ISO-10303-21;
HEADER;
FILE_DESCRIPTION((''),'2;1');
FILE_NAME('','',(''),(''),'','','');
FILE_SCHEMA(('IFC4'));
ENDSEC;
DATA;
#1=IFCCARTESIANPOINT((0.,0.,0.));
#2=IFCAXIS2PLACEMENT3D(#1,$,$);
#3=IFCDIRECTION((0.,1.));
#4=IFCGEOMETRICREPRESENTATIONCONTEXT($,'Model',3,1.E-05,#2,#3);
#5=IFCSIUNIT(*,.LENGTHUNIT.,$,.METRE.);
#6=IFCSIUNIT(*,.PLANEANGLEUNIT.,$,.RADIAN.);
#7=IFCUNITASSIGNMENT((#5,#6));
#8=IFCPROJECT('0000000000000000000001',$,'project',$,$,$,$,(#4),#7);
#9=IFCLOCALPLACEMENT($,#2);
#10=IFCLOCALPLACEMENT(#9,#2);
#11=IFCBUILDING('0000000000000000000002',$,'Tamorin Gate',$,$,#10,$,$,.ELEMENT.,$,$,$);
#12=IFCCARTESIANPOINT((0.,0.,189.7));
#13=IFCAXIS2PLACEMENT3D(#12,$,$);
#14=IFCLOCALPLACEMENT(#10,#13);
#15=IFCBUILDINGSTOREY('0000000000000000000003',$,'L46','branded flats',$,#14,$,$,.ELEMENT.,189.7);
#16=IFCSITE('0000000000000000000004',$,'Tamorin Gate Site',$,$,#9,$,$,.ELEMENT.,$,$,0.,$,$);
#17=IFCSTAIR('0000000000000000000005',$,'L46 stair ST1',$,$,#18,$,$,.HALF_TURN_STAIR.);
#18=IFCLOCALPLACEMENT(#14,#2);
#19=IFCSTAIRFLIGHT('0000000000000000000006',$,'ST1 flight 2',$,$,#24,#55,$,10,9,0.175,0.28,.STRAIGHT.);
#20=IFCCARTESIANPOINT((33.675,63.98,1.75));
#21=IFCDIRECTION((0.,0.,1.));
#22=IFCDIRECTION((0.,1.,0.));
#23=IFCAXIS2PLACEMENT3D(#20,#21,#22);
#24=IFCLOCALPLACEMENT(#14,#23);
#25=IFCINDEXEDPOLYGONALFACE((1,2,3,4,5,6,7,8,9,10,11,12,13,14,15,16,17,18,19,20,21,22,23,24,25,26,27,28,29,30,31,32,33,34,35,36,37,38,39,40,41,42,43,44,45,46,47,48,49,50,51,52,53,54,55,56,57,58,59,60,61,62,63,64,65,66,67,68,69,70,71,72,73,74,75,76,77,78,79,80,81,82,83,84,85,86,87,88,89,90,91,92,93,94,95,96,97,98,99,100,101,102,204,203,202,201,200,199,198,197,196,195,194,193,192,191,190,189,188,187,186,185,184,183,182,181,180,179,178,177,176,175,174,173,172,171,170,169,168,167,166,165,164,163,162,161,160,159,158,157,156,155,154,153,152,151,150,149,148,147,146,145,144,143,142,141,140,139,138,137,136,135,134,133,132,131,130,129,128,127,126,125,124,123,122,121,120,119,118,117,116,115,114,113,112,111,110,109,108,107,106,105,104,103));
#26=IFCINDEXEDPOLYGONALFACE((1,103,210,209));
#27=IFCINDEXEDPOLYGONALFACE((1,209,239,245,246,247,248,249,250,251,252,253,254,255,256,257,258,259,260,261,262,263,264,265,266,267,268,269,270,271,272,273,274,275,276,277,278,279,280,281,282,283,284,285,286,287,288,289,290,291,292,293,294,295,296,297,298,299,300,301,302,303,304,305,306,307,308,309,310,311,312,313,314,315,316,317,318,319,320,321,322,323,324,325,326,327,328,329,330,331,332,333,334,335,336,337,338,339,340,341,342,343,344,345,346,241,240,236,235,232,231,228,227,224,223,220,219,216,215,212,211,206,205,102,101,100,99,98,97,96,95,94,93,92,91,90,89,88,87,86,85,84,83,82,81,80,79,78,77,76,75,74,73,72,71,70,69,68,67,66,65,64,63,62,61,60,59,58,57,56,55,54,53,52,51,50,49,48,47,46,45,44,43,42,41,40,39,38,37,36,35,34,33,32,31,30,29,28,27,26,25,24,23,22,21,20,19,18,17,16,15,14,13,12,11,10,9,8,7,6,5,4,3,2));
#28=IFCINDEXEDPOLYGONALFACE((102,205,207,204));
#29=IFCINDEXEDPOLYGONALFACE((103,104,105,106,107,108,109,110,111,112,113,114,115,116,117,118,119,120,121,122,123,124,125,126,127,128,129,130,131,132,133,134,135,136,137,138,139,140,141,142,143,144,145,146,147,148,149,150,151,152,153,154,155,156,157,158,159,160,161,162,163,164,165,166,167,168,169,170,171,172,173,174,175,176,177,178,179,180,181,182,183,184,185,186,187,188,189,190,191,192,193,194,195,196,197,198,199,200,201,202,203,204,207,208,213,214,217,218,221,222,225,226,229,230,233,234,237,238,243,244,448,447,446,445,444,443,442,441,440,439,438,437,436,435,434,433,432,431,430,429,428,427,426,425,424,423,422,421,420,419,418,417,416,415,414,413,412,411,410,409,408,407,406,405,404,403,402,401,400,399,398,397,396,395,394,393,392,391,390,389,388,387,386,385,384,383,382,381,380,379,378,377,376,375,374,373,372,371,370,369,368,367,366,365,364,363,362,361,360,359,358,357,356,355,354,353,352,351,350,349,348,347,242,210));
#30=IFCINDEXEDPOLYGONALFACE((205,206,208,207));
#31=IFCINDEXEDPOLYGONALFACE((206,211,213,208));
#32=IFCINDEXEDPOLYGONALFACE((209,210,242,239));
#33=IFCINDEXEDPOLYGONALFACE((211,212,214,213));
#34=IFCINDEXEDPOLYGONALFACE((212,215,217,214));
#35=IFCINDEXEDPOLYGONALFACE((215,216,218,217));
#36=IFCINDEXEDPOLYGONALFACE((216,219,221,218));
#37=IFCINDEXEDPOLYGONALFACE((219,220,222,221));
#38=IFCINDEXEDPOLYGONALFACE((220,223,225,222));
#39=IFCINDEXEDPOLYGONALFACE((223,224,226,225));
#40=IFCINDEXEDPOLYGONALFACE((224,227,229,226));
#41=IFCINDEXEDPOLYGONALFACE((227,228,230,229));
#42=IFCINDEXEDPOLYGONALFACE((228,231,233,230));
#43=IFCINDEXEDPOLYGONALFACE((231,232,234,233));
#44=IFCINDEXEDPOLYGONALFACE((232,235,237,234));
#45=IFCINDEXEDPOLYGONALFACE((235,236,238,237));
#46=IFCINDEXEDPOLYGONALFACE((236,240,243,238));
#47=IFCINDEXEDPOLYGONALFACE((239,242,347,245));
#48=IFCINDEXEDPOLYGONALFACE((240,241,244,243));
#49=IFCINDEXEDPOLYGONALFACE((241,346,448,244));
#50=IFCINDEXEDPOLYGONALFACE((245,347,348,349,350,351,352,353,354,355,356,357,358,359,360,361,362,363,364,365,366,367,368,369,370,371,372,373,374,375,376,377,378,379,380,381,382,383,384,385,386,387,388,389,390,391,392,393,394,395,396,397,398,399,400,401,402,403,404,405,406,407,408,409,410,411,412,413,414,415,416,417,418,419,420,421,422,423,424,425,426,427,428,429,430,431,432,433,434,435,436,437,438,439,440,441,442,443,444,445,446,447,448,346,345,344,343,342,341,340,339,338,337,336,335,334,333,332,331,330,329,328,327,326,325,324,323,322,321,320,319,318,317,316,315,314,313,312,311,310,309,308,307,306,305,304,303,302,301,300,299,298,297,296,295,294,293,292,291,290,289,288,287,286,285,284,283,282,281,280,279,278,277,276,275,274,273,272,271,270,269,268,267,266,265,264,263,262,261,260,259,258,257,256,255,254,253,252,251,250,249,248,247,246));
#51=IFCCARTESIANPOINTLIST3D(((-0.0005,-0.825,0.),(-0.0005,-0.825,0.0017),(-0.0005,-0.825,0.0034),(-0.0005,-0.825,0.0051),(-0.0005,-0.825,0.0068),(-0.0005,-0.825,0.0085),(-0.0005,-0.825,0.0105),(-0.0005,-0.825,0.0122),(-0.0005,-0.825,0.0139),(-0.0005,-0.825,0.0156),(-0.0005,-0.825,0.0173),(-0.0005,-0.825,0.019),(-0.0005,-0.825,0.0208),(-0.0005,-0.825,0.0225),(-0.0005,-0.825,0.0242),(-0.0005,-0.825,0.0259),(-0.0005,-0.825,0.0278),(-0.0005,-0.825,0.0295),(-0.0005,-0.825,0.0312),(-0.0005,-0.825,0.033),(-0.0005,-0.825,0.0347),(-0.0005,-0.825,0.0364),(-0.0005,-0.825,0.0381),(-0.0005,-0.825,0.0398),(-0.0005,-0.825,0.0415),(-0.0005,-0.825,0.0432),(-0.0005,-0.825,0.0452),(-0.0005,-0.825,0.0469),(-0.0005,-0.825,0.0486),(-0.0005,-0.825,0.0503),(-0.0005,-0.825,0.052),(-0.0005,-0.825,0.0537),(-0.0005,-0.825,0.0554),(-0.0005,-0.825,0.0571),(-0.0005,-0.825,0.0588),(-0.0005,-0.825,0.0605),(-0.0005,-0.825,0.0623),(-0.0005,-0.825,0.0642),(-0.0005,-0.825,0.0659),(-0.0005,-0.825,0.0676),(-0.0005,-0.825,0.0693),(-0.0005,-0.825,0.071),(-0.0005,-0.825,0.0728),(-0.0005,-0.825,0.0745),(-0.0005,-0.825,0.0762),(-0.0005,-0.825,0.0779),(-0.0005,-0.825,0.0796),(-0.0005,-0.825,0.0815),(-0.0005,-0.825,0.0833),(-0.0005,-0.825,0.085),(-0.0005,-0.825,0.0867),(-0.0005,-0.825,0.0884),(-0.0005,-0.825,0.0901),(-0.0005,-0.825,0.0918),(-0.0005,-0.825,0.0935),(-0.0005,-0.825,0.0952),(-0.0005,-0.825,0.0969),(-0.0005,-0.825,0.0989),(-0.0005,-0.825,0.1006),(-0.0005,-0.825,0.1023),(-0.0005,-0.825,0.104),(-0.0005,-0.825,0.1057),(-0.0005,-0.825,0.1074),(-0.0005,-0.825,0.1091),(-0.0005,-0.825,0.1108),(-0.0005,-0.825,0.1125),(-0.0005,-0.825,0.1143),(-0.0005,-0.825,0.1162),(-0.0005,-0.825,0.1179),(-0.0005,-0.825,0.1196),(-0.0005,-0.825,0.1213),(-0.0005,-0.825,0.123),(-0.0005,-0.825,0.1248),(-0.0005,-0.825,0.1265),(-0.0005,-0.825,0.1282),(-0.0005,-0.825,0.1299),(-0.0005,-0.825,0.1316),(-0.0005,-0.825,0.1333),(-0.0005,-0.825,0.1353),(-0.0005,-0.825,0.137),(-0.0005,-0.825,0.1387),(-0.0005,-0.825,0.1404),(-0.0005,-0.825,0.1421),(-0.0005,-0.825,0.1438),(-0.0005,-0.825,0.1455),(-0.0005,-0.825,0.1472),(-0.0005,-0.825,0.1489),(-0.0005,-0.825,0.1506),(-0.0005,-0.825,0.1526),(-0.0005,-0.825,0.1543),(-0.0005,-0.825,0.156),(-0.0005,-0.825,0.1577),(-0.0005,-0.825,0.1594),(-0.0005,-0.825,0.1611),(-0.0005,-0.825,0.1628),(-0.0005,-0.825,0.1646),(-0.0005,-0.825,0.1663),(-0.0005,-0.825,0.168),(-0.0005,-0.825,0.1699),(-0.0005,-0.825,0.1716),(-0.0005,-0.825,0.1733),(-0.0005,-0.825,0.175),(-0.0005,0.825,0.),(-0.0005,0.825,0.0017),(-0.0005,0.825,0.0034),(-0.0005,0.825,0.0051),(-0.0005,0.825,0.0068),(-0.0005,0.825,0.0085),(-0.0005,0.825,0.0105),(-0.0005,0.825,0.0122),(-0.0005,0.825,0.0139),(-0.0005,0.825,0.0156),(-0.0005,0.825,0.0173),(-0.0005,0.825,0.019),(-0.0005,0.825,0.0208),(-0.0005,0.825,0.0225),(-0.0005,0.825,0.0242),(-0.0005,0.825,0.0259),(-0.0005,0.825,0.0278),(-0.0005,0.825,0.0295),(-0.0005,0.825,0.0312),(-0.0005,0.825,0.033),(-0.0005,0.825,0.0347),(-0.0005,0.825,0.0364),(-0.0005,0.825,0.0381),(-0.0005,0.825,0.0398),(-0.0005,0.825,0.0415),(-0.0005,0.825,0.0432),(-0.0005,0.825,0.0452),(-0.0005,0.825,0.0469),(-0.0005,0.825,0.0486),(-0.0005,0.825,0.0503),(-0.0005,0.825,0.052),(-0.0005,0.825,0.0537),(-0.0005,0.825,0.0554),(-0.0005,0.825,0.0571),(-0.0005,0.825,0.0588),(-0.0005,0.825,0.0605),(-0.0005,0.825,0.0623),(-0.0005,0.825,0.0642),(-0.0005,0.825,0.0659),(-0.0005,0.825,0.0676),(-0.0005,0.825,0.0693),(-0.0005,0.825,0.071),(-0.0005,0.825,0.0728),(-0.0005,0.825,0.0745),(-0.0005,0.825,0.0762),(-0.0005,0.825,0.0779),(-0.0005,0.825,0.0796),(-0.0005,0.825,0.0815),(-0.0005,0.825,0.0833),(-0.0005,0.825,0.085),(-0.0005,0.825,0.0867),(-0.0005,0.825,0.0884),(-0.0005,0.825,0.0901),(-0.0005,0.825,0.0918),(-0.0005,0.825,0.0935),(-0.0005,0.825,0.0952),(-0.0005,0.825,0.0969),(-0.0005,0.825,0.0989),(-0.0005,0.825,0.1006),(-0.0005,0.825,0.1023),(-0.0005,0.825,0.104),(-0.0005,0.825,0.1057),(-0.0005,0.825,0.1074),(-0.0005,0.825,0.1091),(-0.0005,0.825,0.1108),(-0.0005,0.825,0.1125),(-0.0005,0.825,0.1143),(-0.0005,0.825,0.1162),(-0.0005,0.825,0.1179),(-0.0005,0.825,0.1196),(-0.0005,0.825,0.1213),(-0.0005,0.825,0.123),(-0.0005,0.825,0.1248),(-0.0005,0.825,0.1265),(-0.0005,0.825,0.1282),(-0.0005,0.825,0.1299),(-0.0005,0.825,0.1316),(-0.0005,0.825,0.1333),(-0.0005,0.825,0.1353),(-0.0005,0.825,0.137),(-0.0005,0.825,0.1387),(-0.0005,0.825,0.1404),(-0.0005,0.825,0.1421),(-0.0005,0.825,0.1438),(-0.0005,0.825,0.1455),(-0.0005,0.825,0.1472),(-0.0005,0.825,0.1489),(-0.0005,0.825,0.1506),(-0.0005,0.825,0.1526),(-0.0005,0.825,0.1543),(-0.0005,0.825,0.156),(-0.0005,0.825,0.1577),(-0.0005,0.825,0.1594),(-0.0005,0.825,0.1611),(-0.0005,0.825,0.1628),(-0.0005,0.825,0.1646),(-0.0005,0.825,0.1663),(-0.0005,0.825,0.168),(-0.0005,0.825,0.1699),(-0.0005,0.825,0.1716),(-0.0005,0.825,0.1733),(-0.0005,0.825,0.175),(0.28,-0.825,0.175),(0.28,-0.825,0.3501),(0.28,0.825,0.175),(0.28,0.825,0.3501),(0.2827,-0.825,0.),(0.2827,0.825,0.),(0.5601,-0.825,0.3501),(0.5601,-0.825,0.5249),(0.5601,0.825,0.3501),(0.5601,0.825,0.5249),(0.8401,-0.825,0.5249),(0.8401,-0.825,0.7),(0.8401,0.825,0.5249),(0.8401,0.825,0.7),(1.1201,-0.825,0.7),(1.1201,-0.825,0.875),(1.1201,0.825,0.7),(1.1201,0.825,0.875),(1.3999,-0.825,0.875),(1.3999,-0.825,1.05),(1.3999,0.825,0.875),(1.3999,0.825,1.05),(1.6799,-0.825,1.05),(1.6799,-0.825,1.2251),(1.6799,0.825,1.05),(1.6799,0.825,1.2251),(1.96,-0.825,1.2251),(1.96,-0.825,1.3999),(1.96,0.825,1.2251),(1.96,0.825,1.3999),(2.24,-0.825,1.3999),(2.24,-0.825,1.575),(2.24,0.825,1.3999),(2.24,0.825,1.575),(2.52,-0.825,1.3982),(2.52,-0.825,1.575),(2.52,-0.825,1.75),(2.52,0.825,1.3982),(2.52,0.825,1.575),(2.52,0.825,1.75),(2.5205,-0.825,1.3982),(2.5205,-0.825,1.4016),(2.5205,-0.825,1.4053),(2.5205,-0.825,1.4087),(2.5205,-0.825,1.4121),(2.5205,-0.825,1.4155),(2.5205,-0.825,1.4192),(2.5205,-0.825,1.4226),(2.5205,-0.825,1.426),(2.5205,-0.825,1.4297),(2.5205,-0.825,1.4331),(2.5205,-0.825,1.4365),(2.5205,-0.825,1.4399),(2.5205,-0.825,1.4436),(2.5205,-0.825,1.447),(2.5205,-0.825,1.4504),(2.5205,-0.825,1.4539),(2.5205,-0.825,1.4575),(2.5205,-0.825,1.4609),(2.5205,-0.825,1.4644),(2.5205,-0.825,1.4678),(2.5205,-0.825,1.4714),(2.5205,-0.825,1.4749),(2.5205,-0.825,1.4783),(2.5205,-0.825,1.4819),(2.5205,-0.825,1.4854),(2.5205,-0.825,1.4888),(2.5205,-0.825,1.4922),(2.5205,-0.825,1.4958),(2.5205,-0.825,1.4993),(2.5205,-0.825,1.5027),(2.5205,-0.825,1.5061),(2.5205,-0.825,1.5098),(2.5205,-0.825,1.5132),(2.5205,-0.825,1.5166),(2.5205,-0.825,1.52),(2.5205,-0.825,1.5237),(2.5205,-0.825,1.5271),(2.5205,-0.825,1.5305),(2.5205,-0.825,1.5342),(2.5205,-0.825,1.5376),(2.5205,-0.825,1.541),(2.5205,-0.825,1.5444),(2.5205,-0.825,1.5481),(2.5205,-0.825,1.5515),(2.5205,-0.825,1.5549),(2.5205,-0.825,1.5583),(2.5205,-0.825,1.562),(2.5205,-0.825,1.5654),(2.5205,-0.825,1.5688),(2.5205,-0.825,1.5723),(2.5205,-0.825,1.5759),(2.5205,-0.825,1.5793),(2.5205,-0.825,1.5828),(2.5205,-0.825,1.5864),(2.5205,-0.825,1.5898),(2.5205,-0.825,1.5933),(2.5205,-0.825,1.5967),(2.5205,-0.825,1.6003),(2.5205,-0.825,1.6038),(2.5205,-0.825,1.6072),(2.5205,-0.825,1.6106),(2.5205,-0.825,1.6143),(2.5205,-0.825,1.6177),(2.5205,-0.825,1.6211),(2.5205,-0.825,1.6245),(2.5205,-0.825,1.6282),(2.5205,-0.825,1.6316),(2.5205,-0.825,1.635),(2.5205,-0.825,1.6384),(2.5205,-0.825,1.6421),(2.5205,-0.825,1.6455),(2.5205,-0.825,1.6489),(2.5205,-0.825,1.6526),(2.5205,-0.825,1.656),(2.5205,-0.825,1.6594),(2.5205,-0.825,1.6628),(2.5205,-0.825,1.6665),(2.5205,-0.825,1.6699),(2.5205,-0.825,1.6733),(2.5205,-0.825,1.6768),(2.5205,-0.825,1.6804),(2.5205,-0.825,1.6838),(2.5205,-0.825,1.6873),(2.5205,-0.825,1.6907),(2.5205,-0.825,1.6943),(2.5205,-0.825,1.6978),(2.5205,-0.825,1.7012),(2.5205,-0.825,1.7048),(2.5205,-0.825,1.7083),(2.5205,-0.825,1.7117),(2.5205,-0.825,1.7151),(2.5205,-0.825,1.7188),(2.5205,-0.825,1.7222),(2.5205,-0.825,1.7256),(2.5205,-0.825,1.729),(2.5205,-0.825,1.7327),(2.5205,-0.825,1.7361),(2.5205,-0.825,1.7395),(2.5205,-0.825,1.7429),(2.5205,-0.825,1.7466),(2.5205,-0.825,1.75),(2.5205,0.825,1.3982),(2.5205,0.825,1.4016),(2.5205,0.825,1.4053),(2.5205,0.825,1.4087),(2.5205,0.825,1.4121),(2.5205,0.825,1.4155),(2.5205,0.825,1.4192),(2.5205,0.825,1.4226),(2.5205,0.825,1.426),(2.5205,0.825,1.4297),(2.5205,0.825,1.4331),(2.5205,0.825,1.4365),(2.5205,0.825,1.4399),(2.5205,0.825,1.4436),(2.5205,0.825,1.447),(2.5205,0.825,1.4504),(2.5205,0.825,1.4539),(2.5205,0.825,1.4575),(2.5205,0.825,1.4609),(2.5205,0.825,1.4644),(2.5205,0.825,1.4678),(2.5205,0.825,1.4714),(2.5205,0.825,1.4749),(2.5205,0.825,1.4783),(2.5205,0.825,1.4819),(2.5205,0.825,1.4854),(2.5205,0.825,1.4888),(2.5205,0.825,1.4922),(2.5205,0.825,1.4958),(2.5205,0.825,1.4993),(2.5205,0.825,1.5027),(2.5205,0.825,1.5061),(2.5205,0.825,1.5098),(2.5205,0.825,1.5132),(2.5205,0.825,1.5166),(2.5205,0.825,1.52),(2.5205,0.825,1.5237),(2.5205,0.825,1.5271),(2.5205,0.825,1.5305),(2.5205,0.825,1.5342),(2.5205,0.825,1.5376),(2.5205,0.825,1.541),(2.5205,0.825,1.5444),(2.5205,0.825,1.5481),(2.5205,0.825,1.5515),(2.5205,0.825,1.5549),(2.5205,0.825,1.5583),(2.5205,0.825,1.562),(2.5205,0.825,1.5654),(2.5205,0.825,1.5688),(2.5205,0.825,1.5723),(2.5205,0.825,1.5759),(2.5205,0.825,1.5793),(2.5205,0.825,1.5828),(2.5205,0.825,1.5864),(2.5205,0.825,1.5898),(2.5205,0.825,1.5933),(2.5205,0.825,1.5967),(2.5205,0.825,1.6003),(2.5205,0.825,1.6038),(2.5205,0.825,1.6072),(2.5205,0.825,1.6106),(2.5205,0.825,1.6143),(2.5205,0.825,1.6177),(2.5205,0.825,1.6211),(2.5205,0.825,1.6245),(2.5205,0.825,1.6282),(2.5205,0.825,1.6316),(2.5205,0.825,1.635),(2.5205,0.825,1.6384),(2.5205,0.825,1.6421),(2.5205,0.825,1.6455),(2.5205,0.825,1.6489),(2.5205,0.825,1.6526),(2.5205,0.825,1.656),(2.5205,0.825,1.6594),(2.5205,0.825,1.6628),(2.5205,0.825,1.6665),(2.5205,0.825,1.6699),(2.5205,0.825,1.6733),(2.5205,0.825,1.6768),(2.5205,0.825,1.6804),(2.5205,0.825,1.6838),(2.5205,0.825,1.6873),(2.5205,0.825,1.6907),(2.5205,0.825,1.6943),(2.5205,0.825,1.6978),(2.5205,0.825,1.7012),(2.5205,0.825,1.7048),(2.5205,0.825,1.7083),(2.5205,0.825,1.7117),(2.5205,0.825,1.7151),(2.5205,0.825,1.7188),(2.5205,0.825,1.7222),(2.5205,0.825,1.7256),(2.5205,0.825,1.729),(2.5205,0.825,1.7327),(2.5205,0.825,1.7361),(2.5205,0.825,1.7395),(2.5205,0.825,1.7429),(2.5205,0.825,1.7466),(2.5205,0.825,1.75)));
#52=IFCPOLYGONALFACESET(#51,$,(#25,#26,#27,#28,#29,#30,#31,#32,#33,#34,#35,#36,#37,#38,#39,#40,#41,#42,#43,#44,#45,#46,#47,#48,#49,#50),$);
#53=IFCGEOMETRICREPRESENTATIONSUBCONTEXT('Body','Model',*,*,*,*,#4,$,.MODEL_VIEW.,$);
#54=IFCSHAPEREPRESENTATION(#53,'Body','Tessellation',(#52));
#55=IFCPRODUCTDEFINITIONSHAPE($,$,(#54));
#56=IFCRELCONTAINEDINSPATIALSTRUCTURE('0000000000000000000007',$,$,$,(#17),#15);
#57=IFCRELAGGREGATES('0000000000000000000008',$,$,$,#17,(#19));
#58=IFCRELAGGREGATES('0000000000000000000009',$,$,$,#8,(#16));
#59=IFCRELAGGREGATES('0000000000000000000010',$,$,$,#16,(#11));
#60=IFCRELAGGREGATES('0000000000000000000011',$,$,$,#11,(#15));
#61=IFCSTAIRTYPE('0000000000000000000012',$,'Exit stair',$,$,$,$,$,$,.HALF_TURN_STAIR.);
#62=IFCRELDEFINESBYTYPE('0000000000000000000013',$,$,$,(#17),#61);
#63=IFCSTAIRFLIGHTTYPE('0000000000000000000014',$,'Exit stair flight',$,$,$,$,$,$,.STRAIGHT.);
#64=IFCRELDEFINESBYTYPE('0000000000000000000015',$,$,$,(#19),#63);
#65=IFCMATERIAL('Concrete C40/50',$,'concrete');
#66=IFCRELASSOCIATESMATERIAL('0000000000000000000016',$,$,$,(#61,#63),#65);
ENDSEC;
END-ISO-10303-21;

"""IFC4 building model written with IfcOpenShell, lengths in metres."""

from ifc_helpers import new_model, si_unit, direction, frame, origin, place, context, subcontext, project, spatial, polyline, outline, extrude, material, type_object, element, aggregate, save


model = new_model("IFC4")

# Units and contexts
model_context = context("Model", 3, precision=1e-05, world=origin(), true_north=direction((0.0, 1.0)))
body_context = subcontext(model_context, "Body", "Model", "MODEL_VIEW")
ifc_project = project(units=[si_unit("LENGTHUNIT", "METRE"), si_unit("PLANEANGLEUNIT", "RADIAN")], contexts=[model_context])

# Site, building, storey
site_placement = place(None, origin())
site = spatial("IfcSite", under=ifc_project, at=site_placement, Name="Tamorin Gate Site", CompositionType="ELEMENT", RefElevation=0.0)
building_placement = place(site_placement, origin())
building = spatial("IfcBuilding", under=site, at=building_placement, Name="Tamorin Gate", CompositionType="ELEMENT")
storey_placement = place(building_placement, frame((0.0, 0.0, 189.7)))
storey = spatial("IfcBuildingStorey", under=building, at=storey_placement, Name="L46", Description="branded flats", CompositionType="ELEMENT", Elevation=189.7)

# Shared definitions
ifc_material_1 = material(Name="Concrete C40/50", Category="concrete")

# Stair, stair flight
stair_type = type_object("IfcStairType", Name="Exit stair", PredefinedType="HALF_TURN_STAIR", material=ifc_material_1)
stair_1_placement = place(storey_placement, origin())
stair_1 = element("IfcStair", 1, at=stair_1_placement, inside=storey, type_object=stair_type, Name="L46 stair ST1", PredefinedType="HALF_TURN_STAIR")
stair_flight_type = type_object("IfcStairFlightType", Name="Exit stair flight", PredefinedType="STRAIGHT", material=ifc_material_1)
stair_flight_1_placement = place(storey_placement, frame((33.675, 63.98, 1.75), z_axis=(0.0, 0.0, 1.0), x_axis=(0.0, 1.0, 0.0)))
stair_flight_1 = element("IfcStairFlight", 2, at=stair_flight_1_placement, type_object=stair_flight_type, Name="ST1 flight 2", NumberOfRisers=10, NumberOfTreads=9, PredefinedType="STRAIGHT", RiserHeight=0.175, TreadLength=0.28, context=body_context, shape_type="SweptSolid", body=[
    extrude(outline(polyline([(-0.0005, 0.0), (-0.0005, 0.0017), (-0.0005, 0.0034), (-0.0005, 0.0051), (-0.0005, 0.0068), (-0.0005, 0.0085), (-0.0005, 0.0105), (-0.0005, 0.0122), (-0.0005, 0.0139), (-0.0005, 0.0156), (-0.0005, 0.0173), (-0.0005, 0.019), (-0.0005, 0.0208), (-0.0005, 0.0225), (-0.0005, 0.0242), (-0.0005, 0.0259), (-0.0005, 0.0278), (-0.0005, 0.0295), (-0.0005, 0.0312), (-0.0005, 0.033), (-0.0005, 0.0347), (-0.0005, 0.0364), (-0.0005, 0.0381), (-0.0005, 0.0398), (-0.0005, 0.0415), (-0.0005, 0.0432), (-0.0005, 0.0452), (-0.0005, 0.0469), (-0.0005, 0.0486), (-0.0005, 0.0503), (-0.0005, 0.052), (-0.0005, 0.0537), (-0.0005, 0.0554), (-0.0005, 0.0571), (-0.0005, 0.0588), (-0.0005, 0.0605), (-0.0005, 0.0623), (-0.0005, 0.0642), (-0.0005, 0.0659), (-0.0005, 0.0676), (-0.0005, 0.0693), (-0.0005, 0.071), (-0.0005, 0.0728), (-0.0005, 0.0745), (-0.0005, 0.0762), (-0.0005, 0.0779), (-0.0005, 0.0796), (-0.0005, 0.0815), (-0.0005, 0.0833), (-0.0005, 0.085), (-0.0005, 0.0867), (-0.0005, 0.0884), (-0.0005, 0.0901), (-0.0005, 0.0918), (-0.0005, 0.0935), (-0.0005, 0.0952), (-0.0005, 0.0969), (-0.0005, 0.0989), (-0.0005, 0.1006), (-0.0005, 0.1023), (-0.0005, 0.104), (-0.0005, 0.1057), (-0.0005, 0.1074), (-0.0005, 0.1091), (-0.0005, 0.1108), (-0.0005, 0.1125), (-0.0005, 0.1143), (-0.0005, 0.1162), (-0.0005, 0.1179), (-0.0005, 0.1196), (-0.0005, 0.1213), (-0.0005, 0.123), (-0.0005, 0.1248), (-0.0005, 0.1265), (-0.0005, 0.1282), (-0.0005, 0.1299), (-0.0005, 0.1316), (-0.0005, 0.1333), (-0.0005, 0.1353), (-0.0005, 0.137), (-0.0005, 0.1387), (-0.0005, 0.1404), (-0.0005, 0.1421), (-0.0005, 0.1438), (-0.0005, 0.1455), (-0.0005, 0.1472), (-0.0005, 0.1489), (-0.0005, 0.1506), (-0.0005, 0.1526), (-0.0005, 0.1543), (-0.0005, 0.156), (-0.0005, 0.1577), (-0.0005, 0.1594), (-0.0005, 0.1611), (-0.0005, 0.1628), (-0.0005, 0.1646), (-0.0005, 0.1663), (-0.0005, 0.168), (-0.0005, 0.1699), (-0.0005, 0.1716), (-0.0005, 0.1733), (-0.0005, 0.175), (0.28, 0.175), (0.28, 0.3501), (0.5601, 0.3501), (0.5601, 0.5249), (0.8401, 0.5249), (0.8401, 0.7), (1.1201, 0.7), (1.1201, 0.875), (1.3999, 0.875), (1.3999, 1.05), (1.6799, 1.05), (1.6799, 1.2251), (1.96, 1.2251), (1.96, 1.3999), (2.24, 1.3999), (2.24, 1.575), (2.52, 1.575), (2.52, 1.75), (2.5205, 1.75), (2.5205, 1.7466), (2.5205, 1.7429), (2.5205, 1.7395), (2.5205, 1.7361), (2.5205, 1.7327), (2.5205, 1.729), (2.5205, 1.7256), (2.5205, 1.7222), (2.5205, 1.7188), (2.5205, 1.7151), (2.5205, 1.7117), (2.5205, 1.7083), (2.5205, 1.7048), (2.5205, 1.7012), (2.5205, 1.6978), (2.5205, 1.6943), (2.5205, 1.6907), (2.5205, 1.6873), (2.5205, 1.6838), (2.5205, 1.6804), (2.5205, 1.6768), (2.5205, 1.6733), (2.5205, 1.6699), (2.5205, 1.6665), (2.5205, 1.6628), (2.5205, 1.6594), (2.5205, 1.656), (2.5205, 1.6526), (2.5205, 1.6489), (2.5205, 1.6455), (2.5205, 1.6421), (2.5205, 1.6384), (2.5205, 1.635), (2.5205, 1.6316), (2.5205, 1.6282), (2.5205, 1.6245), (2.5205, 1.6211), (2.5205, 1.6177), (2.5205, 1.6143), (2.5205, 1.6106), (2.5205, 1.6072), (2.5205, 1.6038), (2.5205, 1.6003), (2.5205, 1.5967), (2.5205, 1.5933), (2.5205, 1.5898), (2.5205, 1.5864), (2.5205, 1.5828), (2.5205, 1.5793), (2.5205, 1.5759), (2.5205, 1.5723), (2.5205, 1.5688), (2.5205, 1.5654), (2.5205, 1.562), (2.5205, 1.5583), (2.5205, 1.5549), (2.5205, 1.5515), (2.5205, 1.5481), (2.5205, 1.5444), (2.5205, 1.541), (2.5205, 1.5376), (2.5205, 1.5342), (2.5205, 1.5305), (2.5205, 1.5271), (2.5205, 1.5237), (2.5205, 1.52), (2.5205, 1.5166), (2.5205, 1.5132), (2.5205, 1.5098), (2.5205, 1.5061), (2.5205, 1.5027), (2.5205, 1.4993), (2.5205, 1.4958), (2.5205, 1.4922), (2.5205, 1.4888), (2.5205, 1.4854), (2.5205, 1.4819), (2.5205, 1.4783), (2.5205, 1.4749), (2.5205, 1.4714), (2.5205, 1.4678), (2.5205, 1.4644), (2.5205, 1.4609), (2.5205, 1.4575), (2.5205, 1.4539), (2.5205, 1.4504), (2.5205, 1.447), (2.5205, 1.4436), (2.5205, 1.4399), (2.5205, 1.4365), (2.5205, 1.4331), (2.5205, 1.4297), (2.5205, 1.426), (2.5205, 1.4226), (2.5205, 1.4192), (2.5205, 1.4155), (2.5205, 1.4121), (2.5205, 1.4087), (2.5205, 1.4053), (2.5205, 1.4016), (2.5205, 1.3982), (2.52, 1.3982), (0.2827, 0.0), (-0.0005, 0.0)])), frame((0.0, 0.825, 0.0), z_axis=(0.0, -1.0, 0.0), x_axis=(1.0, 0.0, 0.0)), (0.0, 0.0, 1.0), 1.6499),
])
aggregate(stair_1, [stair_flight_1])

save(model, "model.ifc")
